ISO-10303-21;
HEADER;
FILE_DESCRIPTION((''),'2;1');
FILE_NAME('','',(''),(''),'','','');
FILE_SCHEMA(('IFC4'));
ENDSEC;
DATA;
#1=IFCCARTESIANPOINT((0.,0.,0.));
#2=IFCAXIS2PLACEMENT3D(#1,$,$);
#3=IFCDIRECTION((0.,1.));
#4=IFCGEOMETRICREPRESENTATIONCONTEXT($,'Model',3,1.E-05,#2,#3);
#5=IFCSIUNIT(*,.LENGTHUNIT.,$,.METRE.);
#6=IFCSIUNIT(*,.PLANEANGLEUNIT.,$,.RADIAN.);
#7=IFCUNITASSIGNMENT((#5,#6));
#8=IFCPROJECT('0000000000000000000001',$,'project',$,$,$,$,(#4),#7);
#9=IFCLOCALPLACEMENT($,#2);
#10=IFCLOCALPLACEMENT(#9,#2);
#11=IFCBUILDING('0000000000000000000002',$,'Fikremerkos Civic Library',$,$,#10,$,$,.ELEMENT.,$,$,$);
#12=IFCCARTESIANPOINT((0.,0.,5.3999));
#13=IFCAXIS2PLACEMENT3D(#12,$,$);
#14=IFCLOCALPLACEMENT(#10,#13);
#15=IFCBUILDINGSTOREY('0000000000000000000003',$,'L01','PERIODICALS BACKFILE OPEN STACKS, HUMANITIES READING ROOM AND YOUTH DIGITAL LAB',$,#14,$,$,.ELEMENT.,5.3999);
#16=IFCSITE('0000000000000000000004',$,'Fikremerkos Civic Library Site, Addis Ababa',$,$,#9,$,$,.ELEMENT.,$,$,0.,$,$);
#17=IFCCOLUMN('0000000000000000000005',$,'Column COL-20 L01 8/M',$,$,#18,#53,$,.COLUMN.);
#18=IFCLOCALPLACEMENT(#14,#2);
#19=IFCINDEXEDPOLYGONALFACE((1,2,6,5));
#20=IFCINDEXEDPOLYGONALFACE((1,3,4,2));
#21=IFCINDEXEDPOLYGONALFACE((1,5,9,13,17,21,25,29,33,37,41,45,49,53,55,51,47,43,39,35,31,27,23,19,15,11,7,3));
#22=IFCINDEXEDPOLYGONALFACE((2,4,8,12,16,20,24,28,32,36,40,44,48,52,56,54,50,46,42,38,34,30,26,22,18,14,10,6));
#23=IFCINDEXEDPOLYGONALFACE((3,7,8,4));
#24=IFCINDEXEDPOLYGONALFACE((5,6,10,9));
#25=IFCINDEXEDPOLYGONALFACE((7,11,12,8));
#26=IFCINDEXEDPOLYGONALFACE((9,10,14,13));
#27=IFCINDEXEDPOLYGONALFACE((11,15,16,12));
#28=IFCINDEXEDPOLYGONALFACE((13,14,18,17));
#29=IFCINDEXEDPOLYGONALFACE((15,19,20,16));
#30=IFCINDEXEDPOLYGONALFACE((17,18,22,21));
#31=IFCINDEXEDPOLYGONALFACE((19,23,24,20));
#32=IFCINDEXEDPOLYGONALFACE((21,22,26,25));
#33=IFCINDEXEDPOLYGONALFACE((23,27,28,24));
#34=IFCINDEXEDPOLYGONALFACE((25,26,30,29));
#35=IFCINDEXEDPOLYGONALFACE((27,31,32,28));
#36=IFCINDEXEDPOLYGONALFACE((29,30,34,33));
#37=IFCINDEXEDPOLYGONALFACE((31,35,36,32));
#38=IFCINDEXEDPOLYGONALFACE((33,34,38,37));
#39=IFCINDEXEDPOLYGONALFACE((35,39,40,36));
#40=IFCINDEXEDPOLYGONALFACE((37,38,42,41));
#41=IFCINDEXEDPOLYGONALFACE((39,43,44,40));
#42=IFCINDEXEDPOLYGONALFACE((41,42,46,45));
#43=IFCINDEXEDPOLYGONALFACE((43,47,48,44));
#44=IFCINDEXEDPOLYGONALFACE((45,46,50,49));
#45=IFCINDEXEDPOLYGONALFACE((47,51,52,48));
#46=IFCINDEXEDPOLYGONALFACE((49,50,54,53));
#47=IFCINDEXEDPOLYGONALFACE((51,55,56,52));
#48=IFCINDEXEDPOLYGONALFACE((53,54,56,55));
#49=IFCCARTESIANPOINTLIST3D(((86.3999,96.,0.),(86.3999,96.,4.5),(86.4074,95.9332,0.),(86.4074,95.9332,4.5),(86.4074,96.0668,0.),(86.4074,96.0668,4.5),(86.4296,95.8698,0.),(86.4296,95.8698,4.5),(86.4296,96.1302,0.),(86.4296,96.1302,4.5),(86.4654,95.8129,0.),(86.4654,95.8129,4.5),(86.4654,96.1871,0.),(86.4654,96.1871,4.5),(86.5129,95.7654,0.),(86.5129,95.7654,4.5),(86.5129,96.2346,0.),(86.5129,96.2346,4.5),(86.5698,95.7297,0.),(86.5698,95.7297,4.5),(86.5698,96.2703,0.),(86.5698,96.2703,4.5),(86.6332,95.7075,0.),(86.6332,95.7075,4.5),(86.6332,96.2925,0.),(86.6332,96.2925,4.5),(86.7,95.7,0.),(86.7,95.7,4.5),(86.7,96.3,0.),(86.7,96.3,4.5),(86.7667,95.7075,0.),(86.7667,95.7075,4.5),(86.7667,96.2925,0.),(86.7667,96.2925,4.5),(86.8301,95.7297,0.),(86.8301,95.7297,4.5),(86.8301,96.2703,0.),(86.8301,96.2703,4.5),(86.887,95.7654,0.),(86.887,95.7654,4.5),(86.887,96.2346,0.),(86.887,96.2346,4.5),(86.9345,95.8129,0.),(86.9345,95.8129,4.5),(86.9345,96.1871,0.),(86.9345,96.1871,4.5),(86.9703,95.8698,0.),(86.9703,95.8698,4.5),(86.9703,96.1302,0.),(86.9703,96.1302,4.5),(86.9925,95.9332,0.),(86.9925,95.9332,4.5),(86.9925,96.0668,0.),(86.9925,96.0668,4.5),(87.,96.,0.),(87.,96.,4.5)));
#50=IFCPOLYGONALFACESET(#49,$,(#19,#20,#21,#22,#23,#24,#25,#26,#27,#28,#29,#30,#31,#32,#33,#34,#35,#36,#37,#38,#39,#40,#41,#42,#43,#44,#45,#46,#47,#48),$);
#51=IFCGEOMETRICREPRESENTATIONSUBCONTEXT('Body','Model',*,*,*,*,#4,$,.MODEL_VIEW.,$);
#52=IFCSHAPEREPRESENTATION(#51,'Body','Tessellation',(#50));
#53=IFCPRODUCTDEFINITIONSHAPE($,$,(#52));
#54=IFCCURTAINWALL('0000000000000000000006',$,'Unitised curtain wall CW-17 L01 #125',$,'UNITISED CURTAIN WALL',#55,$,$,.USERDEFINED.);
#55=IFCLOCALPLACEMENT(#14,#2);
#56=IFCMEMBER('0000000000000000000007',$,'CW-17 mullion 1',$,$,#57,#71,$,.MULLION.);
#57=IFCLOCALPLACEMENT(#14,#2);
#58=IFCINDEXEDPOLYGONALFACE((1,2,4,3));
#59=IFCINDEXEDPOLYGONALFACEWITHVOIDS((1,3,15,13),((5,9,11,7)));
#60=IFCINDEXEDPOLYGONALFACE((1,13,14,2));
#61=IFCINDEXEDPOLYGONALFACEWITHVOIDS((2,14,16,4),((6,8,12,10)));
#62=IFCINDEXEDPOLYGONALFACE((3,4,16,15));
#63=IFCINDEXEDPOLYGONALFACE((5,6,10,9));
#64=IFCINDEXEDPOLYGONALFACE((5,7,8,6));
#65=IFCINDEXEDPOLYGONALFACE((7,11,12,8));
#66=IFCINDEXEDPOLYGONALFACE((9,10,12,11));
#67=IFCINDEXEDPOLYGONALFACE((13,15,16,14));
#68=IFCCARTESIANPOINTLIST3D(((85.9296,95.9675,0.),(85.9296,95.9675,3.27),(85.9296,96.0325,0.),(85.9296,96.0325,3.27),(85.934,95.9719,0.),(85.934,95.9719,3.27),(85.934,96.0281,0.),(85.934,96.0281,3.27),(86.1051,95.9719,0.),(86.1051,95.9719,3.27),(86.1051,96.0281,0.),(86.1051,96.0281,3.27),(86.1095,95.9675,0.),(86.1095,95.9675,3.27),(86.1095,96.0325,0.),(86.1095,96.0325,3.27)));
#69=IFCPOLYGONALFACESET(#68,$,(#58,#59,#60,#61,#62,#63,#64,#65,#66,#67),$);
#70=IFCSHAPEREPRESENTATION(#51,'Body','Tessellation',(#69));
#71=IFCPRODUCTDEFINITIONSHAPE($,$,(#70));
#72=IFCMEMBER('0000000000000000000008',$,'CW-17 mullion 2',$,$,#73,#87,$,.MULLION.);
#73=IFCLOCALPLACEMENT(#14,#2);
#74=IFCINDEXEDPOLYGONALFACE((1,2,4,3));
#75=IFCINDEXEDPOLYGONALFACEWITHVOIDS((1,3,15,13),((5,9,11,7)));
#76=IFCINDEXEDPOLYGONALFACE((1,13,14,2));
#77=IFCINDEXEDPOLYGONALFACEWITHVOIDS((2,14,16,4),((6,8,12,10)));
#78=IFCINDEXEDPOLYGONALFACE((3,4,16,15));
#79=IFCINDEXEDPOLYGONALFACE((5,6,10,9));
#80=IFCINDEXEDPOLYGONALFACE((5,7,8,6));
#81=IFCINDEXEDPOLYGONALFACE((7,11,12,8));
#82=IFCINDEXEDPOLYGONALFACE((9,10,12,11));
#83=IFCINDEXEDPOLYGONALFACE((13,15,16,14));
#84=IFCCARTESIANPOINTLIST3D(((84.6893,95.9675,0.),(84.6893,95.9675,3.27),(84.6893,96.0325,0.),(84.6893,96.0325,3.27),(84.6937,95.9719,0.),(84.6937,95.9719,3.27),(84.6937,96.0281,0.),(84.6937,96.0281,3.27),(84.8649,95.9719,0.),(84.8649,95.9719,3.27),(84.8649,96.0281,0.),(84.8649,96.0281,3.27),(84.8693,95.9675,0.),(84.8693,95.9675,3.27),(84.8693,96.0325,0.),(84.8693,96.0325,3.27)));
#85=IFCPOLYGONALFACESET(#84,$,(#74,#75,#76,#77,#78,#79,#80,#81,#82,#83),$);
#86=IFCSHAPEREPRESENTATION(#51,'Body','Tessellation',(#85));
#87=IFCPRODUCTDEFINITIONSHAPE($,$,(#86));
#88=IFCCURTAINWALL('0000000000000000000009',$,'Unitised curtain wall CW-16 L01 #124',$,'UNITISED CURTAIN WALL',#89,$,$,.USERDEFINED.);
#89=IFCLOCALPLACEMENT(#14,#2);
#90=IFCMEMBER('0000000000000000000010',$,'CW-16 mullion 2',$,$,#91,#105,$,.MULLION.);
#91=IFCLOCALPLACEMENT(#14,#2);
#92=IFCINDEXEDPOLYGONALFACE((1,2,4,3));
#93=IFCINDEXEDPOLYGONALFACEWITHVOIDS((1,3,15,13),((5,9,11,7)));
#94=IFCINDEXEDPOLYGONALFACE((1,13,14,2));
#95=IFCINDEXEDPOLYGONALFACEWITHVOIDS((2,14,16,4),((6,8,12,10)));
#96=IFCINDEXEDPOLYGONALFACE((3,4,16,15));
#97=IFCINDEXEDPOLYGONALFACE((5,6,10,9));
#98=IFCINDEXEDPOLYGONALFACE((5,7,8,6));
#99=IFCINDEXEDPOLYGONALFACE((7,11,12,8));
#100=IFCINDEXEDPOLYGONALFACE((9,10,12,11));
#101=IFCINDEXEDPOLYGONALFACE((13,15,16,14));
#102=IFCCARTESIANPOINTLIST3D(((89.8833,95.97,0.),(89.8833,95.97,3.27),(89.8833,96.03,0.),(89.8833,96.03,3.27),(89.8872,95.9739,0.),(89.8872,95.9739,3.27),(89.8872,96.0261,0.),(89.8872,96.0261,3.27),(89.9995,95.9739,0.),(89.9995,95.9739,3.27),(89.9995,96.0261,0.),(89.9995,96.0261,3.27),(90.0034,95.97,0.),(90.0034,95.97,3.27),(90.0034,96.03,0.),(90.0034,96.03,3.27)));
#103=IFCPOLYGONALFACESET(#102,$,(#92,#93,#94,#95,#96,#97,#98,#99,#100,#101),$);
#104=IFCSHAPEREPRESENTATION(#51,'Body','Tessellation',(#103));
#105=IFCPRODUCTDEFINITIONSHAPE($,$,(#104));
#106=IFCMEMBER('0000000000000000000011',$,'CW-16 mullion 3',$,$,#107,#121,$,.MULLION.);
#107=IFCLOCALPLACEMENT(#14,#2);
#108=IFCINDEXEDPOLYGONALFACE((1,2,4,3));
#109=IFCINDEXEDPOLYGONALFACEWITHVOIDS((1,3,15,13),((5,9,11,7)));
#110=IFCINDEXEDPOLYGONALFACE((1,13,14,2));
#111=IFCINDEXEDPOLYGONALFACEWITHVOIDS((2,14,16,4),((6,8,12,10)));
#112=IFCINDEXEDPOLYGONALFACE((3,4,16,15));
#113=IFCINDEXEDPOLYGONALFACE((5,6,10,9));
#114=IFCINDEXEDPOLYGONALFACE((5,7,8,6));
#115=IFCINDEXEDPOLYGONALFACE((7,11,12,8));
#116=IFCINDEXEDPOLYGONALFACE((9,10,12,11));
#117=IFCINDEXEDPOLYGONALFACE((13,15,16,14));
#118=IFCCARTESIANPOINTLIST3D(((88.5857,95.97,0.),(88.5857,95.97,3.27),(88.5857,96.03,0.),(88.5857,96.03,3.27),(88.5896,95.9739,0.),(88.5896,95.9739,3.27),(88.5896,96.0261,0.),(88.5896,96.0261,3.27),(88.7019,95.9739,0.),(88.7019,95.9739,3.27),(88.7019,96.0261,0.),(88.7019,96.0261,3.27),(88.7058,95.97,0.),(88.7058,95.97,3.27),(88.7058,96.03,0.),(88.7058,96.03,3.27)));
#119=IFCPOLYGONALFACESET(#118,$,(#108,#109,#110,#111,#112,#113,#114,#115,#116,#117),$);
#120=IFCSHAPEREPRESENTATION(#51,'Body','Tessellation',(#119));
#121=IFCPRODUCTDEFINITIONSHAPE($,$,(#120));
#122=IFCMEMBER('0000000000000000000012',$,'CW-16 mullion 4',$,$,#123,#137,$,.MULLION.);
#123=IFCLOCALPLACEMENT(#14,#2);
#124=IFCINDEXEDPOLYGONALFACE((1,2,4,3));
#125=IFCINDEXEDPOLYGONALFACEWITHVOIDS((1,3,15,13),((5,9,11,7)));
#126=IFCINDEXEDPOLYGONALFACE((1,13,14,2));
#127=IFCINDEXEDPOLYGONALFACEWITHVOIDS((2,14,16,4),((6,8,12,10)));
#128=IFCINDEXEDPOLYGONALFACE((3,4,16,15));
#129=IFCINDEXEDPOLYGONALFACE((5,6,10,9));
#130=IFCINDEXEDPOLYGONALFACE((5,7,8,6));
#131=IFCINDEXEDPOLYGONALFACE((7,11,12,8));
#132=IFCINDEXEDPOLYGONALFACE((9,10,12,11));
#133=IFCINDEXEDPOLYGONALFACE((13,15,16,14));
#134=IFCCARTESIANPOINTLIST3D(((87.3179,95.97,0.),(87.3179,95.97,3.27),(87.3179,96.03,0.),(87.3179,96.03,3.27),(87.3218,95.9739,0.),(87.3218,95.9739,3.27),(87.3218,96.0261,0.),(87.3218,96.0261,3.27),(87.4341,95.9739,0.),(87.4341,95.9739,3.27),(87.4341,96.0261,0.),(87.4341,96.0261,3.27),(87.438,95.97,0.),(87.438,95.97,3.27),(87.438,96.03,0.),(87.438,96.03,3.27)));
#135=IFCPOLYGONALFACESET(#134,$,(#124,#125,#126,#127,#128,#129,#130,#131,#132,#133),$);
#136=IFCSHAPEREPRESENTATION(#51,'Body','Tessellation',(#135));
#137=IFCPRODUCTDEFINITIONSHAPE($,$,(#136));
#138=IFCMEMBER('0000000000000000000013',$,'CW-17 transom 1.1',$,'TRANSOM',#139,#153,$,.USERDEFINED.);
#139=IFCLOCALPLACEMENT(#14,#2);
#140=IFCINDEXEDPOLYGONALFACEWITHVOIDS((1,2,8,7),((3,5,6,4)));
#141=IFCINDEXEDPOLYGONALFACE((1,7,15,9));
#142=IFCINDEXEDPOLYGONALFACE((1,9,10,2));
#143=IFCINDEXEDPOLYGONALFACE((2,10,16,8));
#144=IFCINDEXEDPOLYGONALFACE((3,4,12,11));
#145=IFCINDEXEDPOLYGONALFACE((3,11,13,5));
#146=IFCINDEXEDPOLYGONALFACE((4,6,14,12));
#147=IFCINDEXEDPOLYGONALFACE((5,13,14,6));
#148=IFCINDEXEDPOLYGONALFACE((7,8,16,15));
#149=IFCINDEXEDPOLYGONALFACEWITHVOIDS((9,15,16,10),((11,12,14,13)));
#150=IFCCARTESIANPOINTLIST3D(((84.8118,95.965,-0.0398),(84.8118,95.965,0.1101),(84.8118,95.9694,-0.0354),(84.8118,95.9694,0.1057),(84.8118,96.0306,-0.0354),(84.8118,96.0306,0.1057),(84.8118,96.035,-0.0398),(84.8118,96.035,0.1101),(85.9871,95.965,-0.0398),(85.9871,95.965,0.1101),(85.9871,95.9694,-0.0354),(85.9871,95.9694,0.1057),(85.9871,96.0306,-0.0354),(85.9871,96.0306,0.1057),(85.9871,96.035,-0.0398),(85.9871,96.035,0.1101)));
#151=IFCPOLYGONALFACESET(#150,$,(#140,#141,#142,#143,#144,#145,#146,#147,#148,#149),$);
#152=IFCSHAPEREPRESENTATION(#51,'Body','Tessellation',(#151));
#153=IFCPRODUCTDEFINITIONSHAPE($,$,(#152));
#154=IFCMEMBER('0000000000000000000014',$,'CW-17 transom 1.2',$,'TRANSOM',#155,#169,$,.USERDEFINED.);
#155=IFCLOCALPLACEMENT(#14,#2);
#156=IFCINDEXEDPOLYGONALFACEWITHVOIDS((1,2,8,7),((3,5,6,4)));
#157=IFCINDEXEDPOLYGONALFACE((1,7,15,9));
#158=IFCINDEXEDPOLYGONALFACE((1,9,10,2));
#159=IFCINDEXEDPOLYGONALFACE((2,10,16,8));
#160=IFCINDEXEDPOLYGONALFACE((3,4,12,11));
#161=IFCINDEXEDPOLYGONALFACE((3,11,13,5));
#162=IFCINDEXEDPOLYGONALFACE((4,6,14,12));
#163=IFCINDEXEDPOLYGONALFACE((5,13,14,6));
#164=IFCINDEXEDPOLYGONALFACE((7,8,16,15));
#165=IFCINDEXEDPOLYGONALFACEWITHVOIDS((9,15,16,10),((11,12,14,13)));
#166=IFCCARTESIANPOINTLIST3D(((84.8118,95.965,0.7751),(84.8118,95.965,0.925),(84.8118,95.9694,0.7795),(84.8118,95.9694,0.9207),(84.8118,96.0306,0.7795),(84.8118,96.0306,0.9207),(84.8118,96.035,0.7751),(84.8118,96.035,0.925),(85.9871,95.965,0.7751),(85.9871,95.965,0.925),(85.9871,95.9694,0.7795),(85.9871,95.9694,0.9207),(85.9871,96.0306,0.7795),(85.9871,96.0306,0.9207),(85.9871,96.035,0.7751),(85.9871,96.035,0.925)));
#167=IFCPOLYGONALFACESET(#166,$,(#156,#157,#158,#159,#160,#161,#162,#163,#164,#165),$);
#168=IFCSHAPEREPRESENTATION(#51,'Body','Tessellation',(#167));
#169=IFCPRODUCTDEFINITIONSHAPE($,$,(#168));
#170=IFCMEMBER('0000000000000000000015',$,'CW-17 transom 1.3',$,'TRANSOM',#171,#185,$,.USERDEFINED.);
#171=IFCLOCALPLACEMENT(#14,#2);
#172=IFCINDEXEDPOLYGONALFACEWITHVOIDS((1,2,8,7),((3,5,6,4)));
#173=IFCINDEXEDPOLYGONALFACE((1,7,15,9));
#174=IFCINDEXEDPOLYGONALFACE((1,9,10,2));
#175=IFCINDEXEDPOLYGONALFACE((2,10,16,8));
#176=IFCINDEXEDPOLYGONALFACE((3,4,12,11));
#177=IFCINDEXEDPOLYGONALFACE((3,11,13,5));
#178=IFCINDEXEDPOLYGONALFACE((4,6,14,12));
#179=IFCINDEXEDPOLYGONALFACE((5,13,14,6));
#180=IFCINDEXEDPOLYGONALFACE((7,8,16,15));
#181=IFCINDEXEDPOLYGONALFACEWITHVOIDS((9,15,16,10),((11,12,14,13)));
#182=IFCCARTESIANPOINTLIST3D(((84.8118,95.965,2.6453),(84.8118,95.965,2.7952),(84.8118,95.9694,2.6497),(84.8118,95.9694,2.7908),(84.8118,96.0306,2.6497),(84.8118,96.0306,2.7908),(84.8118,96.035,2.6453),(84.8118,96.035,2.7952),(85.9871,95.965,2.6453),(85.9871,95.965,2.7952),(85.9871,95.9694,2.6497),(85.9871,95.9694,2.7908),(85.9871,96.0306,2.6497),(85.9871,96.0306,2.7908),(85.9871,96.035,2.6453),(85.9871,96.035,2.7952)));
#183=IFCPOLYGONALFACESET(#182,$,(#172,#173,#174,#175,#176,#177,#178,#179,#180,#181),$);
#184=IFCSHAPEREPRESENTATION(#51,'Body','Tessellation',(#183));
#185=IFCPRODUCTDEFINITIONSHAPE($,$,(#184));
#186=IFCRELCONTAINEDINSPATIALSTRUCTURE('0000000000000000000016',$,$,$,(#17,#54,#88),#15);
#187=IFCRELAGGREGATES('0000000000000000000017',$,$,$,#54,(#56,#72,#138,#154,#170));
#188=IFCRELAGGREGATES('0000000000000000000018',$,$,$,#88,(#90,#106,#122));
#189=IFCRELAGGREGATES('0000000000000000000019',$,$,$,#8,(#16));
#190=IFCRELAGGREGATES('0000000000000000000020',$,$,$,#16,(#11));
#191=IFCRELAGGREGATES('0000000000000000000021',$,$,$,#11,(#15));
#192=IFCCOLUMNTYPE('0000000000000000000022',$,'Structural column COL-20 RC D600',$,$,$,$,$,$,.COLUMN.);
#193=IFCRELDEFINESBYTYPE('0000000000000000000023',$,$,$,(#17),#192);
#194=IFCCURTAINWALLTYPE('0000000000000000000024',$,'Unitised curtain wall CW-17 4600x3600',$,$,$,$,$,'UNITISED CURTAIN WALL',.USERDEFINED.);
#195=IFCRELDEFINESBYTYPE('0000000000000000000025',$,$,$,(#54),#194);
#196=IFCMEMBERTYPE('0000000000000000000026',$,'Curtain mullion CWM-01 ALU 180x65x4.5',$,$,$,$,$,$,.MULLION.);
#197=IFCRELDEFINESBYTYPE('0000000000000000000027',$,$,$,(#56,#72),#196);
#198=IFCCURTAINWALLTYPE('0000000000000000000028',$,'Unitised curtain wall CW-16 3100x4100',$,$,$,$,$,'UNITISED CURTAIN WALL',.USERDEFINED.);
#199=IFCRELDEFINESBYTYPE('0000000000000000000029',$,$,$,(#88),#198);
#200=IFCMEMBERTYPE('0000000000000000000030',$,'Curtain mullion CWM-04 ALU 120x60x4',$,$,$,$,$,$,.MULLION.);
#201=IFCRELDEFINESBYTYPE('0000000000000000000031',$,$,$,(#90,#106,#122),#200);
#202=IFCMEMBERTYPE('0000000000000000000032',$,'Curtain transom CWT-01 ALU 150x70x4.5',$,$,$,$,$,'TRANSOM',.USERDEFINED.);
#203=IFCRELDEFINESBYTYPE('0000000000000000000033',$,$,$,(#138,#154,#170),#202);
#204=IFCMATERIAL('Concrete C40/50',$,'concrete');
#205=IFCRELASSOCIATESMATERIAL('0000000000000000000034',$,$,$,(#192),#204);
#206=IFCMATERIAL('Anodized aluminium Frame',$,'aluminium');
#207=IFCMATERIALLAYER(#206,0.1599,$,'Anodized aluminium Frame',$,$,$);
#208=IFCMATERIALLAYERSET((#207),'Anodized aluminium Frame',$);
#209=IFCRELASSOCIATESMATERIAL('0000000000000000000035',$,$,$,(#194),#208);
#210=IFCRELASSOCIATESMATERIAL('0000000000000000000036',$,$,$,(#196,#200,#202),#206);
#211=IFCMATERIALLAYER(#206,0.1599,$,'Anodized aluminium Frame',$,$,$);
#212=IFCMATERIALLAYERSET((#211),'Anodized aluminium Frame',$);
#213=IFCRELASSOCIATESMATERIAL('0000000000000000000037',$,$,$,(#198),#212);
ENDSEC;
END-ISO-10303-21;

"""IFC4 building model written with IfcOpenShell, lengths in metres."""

from ifc_helpers import new_model, si_unit, direction, frame, origin, origin_2d, place, context, subcontext, project, spatial, hollow_rectangle, circle, extrude, material, layer, layer_set, material_profile, profile_set, type_object, element, aggregate, save


model = new_model("IFC4")

# Units and contexts
model_context = context("Model", 3, precision=1e-05, world=origin(), true_north=direction((0.0, 1.0)))
body_context = subcontext(model_context, "Body", "Model", "MODEL_VIEW")
ifc_project = project(units=[si_unit("LENGTHUNIT", "METRE"), si_unit("PLANEANGLEUNIT", "RADIAN")], contexts=[model_context])

# Site, building, storey
site_placement = place(None, origin())
site = spatial("IfcSite", under=ifc_project, at=site_placement, Name="Fikremerkos Civic Library Site, Addis Ababa", CompositionType="ELEMENT", RefElevation=0.0)
building_placement = place(site_placement, origin())
building = spatial("IfcBuilding", under=site, at=building_placement, Name="Fikremerkos Civic Library", CompositionType="ELEMENT")
storey_placement = place(building_placement, frame((0.0, 0.0, 5.3999)))
storey = spatial("IfcBuildingStorey", under=building, at=storey_placement, Name="L01", Description="PERIODICALS BACKFILE OPEN STACKS, HUMANITIES READING ROOM AND YOUTH DIGITAL LAB", CompositionType="ELEMENT", Elevation=5.3999)

# Column
ifc_material_1 = material(Name="Concrete C40/50", Category="concrete")
ifc_material_profile_1 = material_profile(ifc_material_1, circle(Radius=0.3, at=origin_2d()), Name="RC D600")
ifc_profile_set_1 = profile_set([ifc_material_profile_1], Name="Concrete C40/50")
column_type = type_object("IfcColumnType", Name="Structural column COL-20 RC D600", PredefinedType="COLUMN", material=ifc_profile_set_1)
column_placement = place(storey_placement, frame((86.7, 96.0, 0.0), z_axis=(0.0, 0.0, 1.0), x_axis=(1.0, 0.0, 0.0)))
element("IfcColumn", 1, at=column_placement, inside=storey, type_object=column_type, Name="Column COL-20 L01 8/M", PredefinedType="COLUMN", context=body_context, shape_type="SweptSolid", body=[
    extrude(circle(Radius=0.3, at=origin_2d()), origin(), (0.0, 0.0, 1.0), 4.5),
])

# Curtain walls, members
ifc_material_2 = material(Name="Anodized aluminium Frame", Category="aluminium")
ifc_layer_1 = layer(ifc_material_2, 0.1599, Name="Anodized aluminium Frame")
ifc_layer_set_1 = layer_set([ifc_layer_1], Name="Anodized aluminium Frame")
curtain_wall_type_1 = type_object("IfcCurtainWallType", Name="Unitised curtain wall CW-17 4600x3600", ElementType="UNITISED CURTAIN WALL", PredefinedType="USERDEFINED", material=ifc_layer_set_1)
curtain_wall_1_placement = place(storey_placement, origin())
curtain_wall_1 = element("IfcCurtainWall", 2, at=curtain_wall_1_placement, inside=storey, type_object=curtain_wall_type_1, Name="Unitised curtain wall CW-17 L01 #125", ObjectType="UNITISED CURTAIN WALL", PredefinedType="USERDEFINED")
ifc_material_profile_2 = material_profile(ifc_material_2, hollow_rectangle(XDim=0.0649, YDim=0.1799, WallThickness=0.0044, at=origin_2d()), Name="ALU 180x65x4.5")
ifc_profile_set_2 = profile_set([ifc_material_profile_2], Name="Anodized aluminium Frame")
member_type_1 = type_object("IfcMemberType", Name="Curtain mullion CWM-01 ALU 180x65x4.5", PredefinedType="MULLION", material=ifc_profile_set_2)
member_1_placement = place(storey_placement, frame((86.0195, 96.0, 0.0), z_axis=(0.0, 0.0, 1.0), x_axis=(0.0, -1.0, 0.0)))
member_1 = element("IfcMember", 3, at=member_1_placement, type_object=member_type_1, Name="CW-17 mullion 1", PredefinedType="MULLION", context=body_context, shape_type="SweptSolid", body=[
    extrude(hollow_rectangle(XDim=0.0649, YDim=0.1799, WallThickness=0.0044, at=origin_2d()), origin(), (0.0, 0.0, 1.0), 3.27),
])
member_2_placement = place(storey_placement, frame((84.7793, 96.0, 0.0), z_axis=(0.0, 0.0, 1.0), x_axis=(0.0, -1.0, 0.0)))
member_2 = element("IfcMember", 4, at=member_2_placement, type_object=member_type_1, Name="CW-17 mullion 2", PredefinedType="MULLION", context=body_context, shape_type="SweptSolid", body=[
    extrude(hollow_rectangle(XDim=0.0649, YDim=0.1799, WallThickness=0.0044, at=origin_2d()), origin(), (0.0, 0.0, 1.0), 3.27),
])
ifc_layer_2 = layer(ifc_material_2, 0.1599, Name="Anodized aluminium Frame")
ifc_layer_set_2 = layer_set([ifc_layer_2], Name="Anodized aluminium Frame")
curtain_wall_type_2 = type_object("IfcCurtainWallType", Name="Unitised curtain wall CW-16 3100x4100", ElementType="UNITISED CURTAIN WALL", PredefinedType="USERDEFINED", material=ifc_layer_set_2)
curtain_wall_2_placement = place(storey_placement, origin())
curtain_wall_2 = element("IfcCurtainWall", 5, at=curtain_wall_2_placement, inside=storey, type_object=curtain_wall_type_2, Name="Unitised curtain wall CW-16 L01 #124", ObjectType="UNITISED CURTAIN WALL", PredefinedType="USERDEFINED")
ifc_material_profile_3 = material_profile(ifc_material_2, hollow_rectangle(XDim=0.0601, YDim=0.1201, WallThickness=0.0039, at=origin_2d()), Name="ALU 120x60x4")
ifc_profile_set_3 = profile_set([ifc_material_profile_3], Name="Anodized aluminium Frame")
member_type_2 = type_object("IfcMemberType", Name="Curtain mullion CWM-04 ALU 120x60x4", PredefinedType="MULLION", material=ifc_profile_set_3)
member_3_placement = place(storey_placement, frame((89.9434, 96.0, 0.0), z_axis=(0.0, 0.0, 1.0), x_axis=(0.0, -1.0, 0.0)))
member_3 = element("IfcMember", 6, at=member_3_placement, type_object=member_type_2, Name="CW-16 mullion 2", PredefinedType="MULLION", context=body_context, shape_type="SweptSolid", body=[
    extrude(hollow_rectangle(XDim=0.0601, YDim=0.1201, WallThickness=0.0039, at=origin_2d()), origin(), (0.0, 0.0, 1.0), 3.27),
])
member_4_placement = place(storey_placement, frame((88.6458, 96.0, 0.0), z_axis=(0.0, 0.0, 1.0), x_axis=(0.0, -1.0, 0.0)))
member_4 = element("IfcMember", 7, at=member_4_placement, type_object=member_type_2, Name="CW-16 mullion 3", PredefinedType="MULLION", context=body_context, shape_type="SweptSolid", body=[
    extrude(hollow_rectangle(XDim=0.0601, YDim=0.1201, WallThickness=0.0039, at=origin_2d()), origin(), (0.0, 0.0, 1.0), 3.27),
])
member_5_placement = place(storey_placement, frame((87.3779, 96.0, 0.0), z_axis=(0.0, 0.0, 1.0), x_axis=(0.0, -1.0, 0.0)))
member_5 = element("IfcMember", 8, at=member_5_placement, type_object=member_type_2, Name="CW-16 mullion 4", PredefinedType="MULLION", context=body_context, shape_type="SweptSolid", body=[
    extrude(hollow_rectangle(XDim=0.0601, YDim=0.1201, WallThickness=0.0039, at=origin_2d()), origin(), (0.0, 0.0, 1.0), 3.27),
])

# Members
ifc_material_profile_4 = material_profile(ifc_material_2, hollow_rectangle(XDim=0.0701, YDim=0.1499, WallThickness=0.0044, at=origin_2d()), Name="ALU 150x70x4.5")
ifc_profile_set_4 = profile_set([ifc_material_profile_4], Name="Anodized aluminium Frame")
member_type_3 = type_object("IfcMemberType", Name="Curtain transom CWT-01 ALU 150x70x4.5", ElementType="TRANSOM", PredefinedType="USERDEFINED", material=ifc_profile_set_4)
member_6_placement = place(storey_placement, frame((85.9871, 96.0, 0.0352), z_axis=(-1.0, 0.0, 0.0), x_axis=(0.0, -1.0, 0.0)))
member_6 = element("IfcMember", 9, at=member_6_placement, type_object=member_type_3, Name="CW-17 transom 1.1", ObjectType="TRANSOM", PredefinedType="USERDEFINED", context=body_context, shape_type="SweptSolid", body=[
    extrude(hollow_rectangle(XDim=0.0701, YDim=0.1499, WallThickness=0.0044, at=origin_2d()), origin(), (0.0, 0.0, 1.0), 1.1753),
])
member_7_placement = place(storey_placement, frame((85.9871, 96.0, 0.8501), z_axis=(-1.0, 0.0, 0.0), x_axis=(0.0, -1.0, 0.0)))
member_7 = element("IfcMember", 10, at=member_7_placement, type_object=member_type_3, Name="CW-17 transom 1.2", ObjectType="TRANSOM", PredefinedType="USERDEFINED", context=body_context, shape_type="SweptSolid", body=[
    extrude(hollow_rectangle(XDim=0.0701, YDim=0.1499, WallThickness=0.0044, at=origin_2d()), origin(), (0.0, 0.0, 1.0), 1.1753),
])
member_8_placement = place(storey_placement, frame((85.9871, 96.0, 2.7202), z_axis=(-1.0, 0.0, 0.0), x_axis=(0.0, -1.0, 0.0)))
member_8 = element("IfcMember", 11, at=member_8_placement, type_object=member_type_3, Name="CW-17 transom 1.3", ObjectType="TRANSOM", PredefinedType="USERDEFINED", context=body_context, shape_type="SweptSolid", body=[
    extrude(hollow_rectangle(XDim=0.0701, YDim=0.1499, WallThickness=0.0044, at=origin_2d()), origin(), (0.0, 0.0, 1.0), 1.1753),
])

aggregate(curtain_wall_1, [member_1, member_2, member_6, member_7, member_8])
aggregate(curtain_wall_2, [member_3, member_4, member_5])

save(model, "model.ifc")
